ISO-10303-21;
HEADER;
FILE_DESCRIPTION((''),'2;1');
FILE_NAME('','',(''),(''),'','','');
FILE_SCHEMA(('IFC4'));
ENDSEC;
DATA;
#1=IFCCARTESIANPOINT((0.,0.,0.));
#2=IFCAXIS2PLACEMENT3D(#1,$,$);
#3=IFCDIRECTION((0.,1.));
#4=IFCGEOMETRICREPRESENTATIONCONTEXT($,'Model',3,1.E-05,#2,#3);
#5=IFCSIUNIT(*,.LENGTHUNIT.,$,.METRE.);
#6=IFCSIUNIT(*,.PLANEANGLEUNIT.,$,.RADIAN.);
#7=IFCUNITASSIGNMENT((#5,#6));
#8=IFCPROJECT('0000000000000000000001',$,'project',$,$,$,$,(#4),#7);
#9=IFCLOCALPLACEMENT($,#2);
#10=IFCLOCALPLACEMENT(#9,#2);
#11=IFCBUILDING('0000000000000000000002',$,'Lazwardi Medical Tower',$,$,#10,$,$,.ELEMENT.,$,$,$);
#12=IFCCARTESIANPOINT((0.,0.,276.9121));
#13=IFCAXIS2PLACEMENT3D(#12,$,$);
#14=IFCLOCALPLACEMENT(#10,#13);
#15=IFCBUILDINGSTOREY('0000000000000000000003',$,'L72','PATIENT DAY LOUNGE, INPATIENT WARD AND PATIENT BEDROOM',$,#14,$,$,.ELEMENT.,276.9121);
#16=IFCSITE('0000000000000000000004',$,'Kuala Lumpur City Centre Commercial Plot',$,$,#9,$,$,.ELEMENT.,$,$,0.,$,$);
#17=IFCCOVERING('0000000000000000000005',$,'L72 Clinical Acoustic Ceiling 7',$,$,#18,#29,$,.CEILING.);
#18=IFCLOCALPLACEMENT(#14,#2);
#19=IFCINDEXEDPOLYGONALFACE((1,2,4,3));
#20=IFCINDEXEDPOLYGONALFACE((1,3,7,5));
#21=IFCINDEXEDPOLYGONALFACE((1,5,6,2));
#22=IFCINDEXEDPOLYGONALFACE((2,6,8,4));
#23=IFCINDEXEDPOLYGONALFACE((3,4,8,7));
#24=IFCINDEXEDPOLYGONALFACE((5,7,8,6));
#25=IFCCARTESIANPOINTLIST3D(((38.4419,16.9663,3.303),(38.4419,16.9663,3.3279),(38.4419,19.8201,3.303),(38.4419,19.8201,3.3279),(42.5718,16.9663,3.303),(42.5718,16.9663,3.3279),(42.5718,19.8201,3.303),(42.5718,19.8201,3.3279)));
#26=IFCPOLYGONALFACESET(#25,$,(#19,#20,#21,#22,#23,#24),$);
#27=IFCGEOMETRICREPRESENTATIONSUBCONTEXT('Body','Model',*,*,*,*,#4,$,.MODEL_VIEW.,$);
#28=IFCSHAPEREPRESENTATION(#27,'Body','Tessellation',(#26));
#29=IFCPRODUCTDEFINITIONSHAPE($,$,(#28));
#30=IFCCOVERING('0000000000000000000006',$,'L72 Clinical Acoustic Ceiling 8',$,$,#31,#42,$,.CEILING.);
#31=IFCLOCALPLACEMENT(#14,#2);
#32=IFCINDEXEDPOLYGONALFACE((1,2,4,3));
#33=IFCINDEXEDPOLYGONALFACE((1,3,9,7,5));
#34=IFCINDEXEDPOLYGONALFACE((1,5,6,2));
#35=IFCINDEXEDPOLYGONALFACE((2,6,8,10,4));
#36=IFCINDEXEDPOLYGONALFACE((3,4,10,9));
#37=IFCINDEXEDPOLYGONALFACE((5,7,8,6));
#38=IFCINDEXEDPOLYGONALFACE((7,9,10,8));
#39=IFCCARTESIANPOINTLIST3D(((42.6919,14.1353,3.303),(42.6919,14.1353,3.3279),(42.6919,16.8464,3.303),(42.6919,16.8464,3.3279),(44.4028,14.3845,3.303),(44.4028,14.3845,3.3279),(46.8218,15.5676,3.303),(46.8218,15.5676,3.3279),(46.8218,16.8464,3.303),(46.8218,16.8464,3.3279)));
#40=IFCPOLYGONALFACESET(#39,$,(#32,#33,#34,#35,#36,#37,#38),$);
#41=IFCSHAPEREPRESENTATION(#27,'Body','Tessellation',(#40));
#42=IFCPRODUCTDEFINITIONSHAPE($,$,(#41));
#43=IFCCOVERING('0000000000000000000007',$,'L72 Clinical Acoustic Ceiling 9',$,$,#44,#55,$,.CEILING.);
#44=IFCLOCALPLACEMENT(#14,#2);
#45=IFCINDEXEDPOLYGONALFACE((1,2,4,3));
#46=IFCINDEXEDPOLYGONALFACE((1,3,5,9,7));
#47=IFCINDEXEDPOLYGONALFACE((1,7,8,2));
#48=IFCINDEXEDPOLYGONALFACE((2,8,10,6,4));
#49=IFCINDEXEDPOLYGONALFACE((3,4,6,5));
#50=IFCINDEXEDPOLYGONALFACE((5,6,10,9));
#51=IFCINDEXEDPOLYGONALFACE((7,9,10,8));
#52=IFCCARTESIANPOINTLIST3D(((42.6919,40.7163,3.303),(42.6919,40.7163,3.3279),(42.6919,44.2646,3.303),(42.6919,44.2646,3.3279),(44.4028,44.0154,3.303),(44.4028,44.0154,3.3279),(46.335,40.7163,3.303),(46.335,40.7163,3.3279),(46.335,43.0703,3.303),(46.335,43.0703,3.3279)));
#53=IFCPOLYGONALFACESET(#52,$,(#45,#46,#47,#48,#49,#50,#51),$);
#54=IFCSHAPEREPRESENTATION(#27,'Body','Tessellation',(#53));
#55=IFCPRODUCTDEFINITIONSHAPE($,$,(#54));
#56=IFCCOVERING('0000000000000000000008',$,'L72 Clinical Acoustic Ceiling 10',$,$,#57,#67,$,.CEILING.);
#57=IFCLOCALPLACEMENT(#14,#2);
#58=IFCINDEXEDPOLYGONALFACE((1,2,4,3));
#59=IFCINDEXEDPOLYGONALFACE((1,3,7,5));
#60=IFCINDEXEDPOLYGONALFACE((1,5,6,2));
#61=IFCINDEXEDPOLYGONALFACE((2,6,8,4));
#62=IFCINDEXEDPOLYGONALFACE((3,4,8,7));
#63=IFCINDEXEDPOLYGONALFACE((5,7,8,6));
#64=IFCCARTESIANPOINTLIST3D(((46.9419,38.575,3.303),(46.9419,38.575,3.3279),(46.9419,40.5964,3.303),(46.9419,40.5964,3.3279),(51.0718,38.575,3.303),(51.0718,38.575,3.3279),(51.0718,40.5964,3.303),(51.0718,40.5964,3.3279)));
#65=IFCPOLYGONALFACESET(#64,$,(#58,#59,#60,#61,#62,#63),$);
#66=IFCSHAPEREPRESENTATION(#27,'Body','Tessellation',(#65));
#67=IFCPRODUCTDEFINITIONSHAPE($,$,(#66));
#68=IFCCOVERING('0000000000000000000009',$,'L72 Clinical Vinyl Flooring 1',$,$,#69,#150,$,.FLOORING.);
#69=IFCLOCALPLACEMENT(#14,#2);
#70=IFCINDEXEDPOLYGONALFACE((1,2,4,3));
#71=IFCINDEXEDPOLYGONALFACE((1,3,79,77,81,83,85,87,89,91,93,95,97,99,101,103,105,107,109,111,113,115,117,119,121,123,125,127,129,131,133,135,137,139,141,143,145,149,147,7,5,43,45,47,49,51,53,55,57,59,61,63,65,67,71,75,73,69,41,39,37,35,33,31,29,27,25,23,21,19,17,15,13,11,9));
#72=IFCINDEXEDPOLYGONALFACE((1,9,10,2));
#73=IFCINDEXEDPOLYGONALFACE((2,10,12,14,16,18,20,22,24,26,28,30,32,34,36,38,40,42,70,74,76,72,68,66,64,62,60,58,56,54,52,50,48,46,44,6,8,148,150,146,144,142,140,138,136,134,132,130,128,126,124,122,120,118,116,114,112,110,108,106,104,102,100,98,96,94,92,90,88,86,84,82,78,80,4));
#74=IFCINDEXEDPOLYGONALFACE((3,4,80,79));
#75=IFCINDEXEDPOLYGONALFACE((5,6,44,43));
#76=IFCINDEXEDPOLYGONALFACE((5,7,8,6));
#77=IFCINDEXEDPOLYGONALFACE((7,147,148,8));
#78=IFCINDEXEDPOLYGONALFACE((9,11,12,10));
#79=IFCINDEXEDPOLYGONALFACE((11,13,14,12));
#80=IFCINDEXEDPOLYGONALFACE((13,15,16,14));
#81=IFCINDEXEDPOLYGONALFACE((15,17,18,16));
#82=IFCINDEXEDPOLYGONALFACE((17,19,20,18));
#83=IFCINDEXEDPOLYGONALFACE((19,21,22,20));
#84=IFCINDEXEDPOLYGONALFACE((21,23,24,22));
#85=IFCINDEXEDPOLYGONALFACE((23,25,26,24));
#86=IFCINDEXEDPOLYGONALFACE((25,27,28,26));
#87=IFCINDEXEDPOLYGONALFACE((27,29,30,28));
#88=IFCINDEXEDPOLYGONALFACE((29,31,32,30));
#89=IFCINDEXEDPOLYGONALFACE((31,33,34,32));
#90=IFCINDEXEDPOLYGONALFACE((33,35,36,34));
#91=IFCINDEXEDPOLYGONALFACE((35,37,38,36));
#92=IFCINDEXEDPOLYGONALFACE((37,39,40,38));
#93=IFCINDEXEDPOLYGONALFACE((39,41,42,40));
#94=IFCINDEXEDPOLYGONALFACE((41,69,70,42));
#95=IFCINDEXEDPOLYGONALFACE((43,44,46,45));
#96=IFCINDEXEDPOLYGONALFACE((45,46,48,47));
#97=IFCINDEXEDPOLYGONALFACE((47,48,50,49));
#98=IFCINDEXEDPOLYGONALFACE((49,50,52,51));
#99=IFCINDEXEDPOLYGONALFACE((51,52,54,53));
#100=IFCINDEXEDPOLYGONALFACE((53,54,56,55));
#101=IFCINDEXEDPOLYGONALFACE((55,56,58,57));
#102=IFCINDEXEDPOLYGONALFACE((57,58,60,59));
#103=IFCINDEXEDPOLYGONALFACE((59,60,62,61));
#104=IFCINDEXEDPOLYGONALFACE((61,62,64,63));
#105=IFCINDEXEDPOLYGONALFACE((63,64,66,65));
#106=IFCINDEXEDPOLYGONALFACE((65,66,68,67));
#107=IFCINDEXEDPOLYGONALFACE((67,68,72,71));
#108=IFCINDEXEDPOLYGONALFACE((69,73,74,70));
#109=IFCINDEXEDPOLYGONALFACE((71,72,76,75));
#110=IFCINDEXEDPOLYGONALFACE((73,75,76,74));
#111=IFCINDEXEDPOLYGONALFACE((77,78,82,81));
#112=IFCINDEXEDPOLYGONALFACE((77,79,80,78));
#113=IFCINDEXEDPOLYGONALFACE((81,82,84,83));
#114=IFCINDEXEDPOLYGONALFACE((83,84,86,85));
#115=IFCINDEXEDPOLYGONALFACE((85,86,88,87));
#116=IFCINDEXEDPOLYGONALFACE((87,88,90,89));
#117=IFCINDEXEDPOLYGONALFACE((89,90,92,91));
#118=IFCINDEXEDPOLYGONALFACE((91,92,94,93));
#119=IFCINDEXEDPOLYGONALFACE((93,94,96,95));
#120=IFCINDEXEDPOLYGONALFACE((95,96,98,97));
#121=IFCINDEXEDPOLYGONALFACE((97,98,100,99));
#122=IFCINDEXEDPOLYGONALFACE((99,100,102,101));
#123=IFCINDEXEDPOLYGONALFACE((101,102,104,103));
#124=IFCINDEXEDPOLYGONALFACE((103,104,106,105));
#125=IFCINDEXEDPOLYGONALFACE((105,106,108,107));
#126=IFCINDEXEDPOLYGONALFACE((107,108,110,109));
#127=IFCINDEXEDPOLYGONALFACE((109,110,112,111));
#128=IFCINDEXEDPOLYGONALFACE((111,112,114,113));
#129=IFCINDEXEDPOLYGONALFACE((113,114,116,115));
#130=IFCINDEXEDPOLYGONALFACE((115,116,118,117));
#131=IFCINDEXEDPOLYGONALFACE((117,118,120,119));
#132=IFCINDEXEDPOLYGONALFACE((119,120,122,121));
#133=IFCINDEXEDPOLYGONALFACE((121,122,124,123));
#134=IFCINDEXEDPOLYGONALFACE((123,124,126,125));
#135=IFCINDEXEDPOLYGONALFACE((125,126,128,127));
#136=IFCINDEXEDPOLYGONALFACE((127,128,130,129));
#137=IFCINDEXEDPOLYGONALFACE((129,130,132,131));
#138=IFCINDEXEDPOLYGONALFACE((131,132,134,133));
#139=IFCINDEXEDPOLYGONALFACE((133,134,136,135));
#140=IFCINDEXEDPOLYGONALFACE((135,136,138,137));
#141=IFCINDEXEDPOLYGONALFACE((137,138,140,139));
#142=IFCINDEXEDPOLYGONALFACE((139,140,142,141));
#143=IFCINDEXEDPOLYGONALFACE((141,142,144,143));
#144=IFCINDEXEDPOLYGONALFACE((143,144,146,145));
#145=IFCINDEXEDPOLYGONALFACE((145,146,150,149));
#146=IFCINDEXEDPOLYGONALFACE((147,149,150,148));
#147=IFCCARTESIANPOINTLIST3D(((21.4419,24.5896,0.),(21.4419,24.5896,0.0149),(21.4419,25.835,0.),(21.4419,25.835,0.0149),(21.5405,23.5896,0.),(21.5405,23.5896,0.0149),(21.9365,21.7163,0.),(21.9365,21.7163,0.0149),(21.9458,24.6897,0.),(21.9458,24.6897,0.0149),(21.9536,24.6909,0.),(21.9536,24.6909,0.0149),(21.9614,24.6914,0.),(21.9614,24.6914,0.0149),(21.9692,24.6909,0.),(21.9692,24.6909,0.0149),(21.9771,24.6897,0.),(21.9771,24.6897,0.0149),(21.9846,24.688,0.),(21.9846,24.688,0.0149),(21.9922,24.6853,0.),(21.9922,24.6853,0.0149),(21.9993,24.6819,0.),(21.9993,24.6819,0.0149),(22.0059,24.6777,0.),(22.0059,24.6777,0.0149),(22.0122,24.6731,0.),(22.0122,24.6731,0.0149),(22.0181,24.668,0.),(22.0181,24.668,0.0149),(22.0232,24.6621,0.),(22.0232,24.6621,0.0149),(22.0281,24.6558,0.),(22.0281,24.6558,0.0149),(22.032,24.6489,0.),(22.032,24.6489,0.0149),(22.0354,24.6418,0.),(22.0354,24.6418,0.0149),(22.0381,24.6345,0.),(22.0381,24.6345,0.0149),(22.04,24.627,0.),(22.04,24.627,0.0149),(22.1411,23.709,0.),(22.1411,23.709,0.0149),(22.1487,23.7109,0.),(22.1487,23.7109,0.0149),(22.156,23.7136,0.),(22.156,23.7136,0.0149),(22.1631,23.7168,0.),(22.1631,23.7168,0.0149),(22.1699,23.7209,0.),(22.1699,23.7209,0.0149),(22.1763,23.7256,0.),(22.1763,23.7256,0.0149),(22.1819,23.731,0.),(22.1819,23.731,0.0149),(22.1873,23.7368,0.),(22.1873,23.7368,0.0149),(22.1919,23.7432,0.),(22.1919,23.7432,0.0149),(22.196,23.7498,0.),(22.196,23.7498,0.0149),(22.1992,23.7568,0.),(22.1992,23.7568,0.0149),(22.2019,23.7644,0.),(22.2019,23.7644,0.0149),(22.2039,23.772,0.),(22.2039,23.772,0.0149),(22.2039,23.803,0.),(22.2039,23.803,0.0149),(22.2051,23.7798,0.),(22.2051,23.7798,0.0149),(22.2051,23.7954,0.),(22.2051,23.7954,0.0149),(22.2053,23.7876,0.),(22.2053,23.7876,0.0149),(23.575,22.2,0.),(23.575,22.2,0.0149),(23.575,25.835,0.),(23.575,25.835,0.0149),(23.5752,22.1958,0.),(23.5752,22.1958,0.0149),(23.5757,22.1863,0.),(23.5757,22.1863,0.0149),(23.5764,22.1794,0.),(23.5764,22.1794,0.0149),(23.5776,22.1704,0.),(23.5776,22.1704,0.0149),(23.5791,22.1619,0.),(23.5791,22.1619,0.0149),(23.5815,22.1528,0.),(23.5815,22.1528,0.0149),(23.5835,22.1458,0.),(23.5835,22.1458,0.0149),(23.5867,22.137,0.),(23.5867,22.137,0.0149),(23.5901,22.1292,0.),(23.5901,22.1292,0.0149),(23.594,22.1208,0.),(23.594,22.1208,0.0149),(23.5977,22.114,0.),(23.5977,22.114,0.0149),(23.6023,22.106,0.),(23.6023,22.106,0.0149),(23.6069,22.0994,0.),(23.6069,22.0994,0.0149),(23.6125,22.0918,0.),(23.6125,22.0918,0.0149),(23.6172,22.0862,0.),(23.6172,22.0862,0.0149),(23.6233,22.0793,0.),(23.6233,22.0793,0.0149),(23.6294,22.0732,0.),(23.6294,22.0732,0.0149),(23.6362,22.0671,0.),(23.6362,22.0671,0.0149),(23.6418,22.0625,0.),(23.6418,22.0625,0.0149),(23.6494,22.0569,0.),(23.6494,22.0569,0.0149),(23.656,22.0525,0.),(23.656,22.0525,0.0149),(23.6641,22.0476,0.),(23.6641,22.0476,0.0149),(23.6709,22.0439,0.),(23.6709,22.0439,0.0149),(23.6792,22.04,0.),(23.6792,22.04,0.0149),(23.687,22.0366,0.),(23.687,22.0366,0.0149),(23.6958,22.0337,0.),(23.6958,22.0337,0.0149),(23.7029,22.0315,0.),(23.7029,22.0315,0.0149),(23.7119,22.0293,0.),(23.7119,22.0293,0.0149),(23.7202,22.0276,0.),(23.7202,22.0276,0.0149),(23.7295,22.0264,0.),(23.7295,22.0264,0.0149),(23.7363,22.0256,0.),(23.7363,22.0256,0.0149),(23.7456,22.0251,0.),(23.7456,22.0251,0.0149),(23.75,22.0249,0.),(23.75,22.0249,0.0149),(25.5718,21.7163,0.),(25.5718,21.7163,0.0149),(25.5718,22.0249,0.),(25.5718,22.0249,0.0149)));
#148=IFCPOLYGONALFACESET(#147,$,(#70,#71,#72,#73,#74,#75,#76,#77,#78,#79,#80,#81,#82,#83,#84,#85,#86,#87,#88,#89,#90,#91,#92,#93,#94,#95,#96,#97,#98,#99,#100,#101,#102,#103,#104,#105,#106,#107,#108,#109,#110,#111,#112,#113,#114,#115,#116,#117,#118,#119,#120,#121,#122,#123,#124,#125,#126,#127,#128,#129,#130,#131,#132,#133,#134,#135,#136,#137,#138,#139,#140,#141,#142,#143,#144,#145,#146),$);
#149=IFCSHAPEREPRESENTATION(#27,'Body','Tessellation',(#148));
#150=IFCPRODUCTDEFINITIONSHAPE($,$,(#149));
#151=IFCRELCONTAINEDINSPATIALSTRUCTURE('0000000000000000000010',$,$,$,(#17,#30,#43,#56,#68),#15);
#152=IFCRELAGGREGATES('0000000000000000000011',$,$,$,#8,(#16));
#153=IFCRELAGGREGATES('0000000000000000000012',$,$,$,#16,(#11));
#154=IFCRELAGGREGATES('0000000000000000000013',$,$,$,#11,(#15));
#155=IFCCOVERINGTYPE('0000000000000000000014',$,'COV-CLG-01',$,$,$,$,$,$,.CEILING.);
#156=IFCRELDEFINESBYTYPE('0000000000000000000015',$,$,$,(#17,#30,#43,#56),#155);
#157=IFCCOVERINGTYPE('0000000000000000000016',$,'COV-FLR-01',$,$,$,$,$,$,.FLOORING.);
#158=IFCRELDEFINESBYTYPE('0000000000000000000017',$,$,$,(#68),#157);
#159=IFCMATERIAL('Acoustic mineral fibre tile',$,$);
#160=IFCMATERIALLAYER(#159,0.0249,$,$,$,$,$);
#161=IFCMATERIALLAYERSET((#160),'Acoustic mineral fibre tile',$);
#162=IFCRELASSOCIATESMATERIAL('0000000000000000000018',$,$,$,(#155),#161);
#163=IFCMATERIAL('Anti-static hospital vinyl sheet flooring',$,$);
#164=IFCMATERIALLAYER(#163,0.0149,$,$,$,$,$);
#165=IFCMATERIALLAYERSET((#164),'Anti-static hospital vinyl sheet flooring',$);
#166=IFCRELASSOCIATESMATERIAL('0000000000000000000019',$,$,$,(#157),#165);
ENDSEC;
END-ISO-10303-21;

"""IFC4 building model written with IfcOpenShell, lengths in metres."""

from ifc_helpers import new_model, si_unit, direction, frame, origin, place, context, subcontext, project, spatial, polyline, outline, extrude, material, layer, layer_set, type_object, element, save


model = new_model("IFC4")

# Units and contexts
model_context = context("Model", 3, precision=1e-05, world=origin(), true_north=direction((0.0, 1.0)))
body_context = subcontext(model_context, "Body", "Model", "MODEL_VIEW")
ifc_project = project(units=[si_unit("LENGTHUNIT", "METRE"), si_unit("PLANEANGLEUNIT", "RADIAN")], contexts=[model_context])

# Site, building, storey
site_placement = place(None, origin())
site = spatial("IfcSite", under=ifc_project, at=site_placement, Name="Kuala Lumpur City Centre Commercial Plot", CompositionType="ELEMENT", RefElevation=0.0)
building_placement = place(site_placement, origin())
building = spatial("IfcBuilding", under=site, at=building_placement, Name="Lazwardi Medical Tower", CompositionType="ELEMENT")
storey_placement = place(building_placement, frame((0.0, 0.0, 276.9121)))
storey = spatial("IfcBuildingStorey", under=building, at=storey_placement, Name="L72", Description="PATIENT DAY LOUNGE, INPATIENT WARD AND PATIENT BEDROOM", CompositionType="ELEMENT", Elevation=276.9121)

# Coverings
ifc_material_1 = material(Name="Acoustic mineral fibre tile")
ifc_layer_1 = layer(ifc_material_1, 0.0249)
ifc_layer_set_1 = layer_set([ifc_layer_1], Name="Acoustic mineral fibre tile")
covering_type_1 = type_object("IfcCoveringType", Name="COV-CLG-01", PredefinedType="CEILING", material=ifc_layer_set_1)
covering_1_placement = place(storey_placement, frame((0.0, 0.0, 3.303)))
element("IfcCovering", 1, at=covering_1_placement, inside=storey, type_object=covering_type_1, Name="L72 Clinical Acoustic Ceiling 7", PredefinedType="CEILING", context=body_context, shape_type="SweptSolid", body=[
    extrude(outline(polyline([(42.5718, 19.8201), (38.4419, 19.8201), (38.4419, 16.9663), (42.5718, 16.9663), (42.5718, 19.8201)])), origin(), (0.0, 0.0, 1.0), 0.0249),
])
covering_2_placement = place(storey_placement, frame((0.0, 0.0, 3.303)))
element("IfcCovering", 2, at=covering_2_placement, inside=storey, type_object=covering_type_1, Name="L72 Clinical Acoustic Ceiling 8", PredefinedType="CEILING", context=body_context, shape_type="SweptSolid", body=[
    extrude(outline(polyline([(42.6919, 14.1353), (44.4028, 14.3845), (46.8218, 15.5676), (46.8218, 16.8464), (42.6919, 16.8464), (42.6919, 14.1353)])), origin(), (0.0, 0.0, 1.0), 0.0249),
])
covering_3_placement = place(storey_placement, frame((0.0, 0.0, 3.303)))
element("IfcCovering", 3, at=covering_3_placement, inside=storey, type_object=covering_type_1, Name="L72 Clinical Acoustic Ceiling 9", PredefinedType="CEILING", context=body_context, shape_type="SweptSolid", body=[
    extrude(outline(polyline([(46.335, 40.7163), (46.335, 43.0703), (44.4028, 44.0154), (42.6919, 44.2646), (42.6919, 40.7163), (46.335, 40.7163)])), origin(), (0.0, 0.0, 1.0), 0.0249),
])
covering_4_placement = place(storey_placement, frame((0.0, 0.0, 3.303)))
element("IfcCovering", 4, at=covering_4_placement, inside=storey, type_object=covering_type_1, Name="L72 Clinical Acoustic Ceiling 10", PredefinedType="CEILING", context=body_context, shape_type="SweptSolid", body=[
    extrude(outline(polyline([(46.9419, 38.575), (51.0718, 38.575), (51.0718, 40.5964), (46.9419, 40.5964), (46.9419, 38.575)])), origin(), (0.0, 0.0, 1.0), 0.0249),
])
ifc_material_2 = material(Name="Anti-static hospital vinyl sheet flooring")
ifc_layer_2 = layer(ifc_material_2, 0.0149)
ifc_layer_set_2 = layer_set([ifc_layer_2], Name="Anti-static hospital vinyl sheet flooring")
covering_type_2 = type_object("IfcCoveringType", Name="COV-FLR-01", PredefinedType="FLOORING", material=ifc_layer_set_2)
covering_5_placement = place(storey_placement, origin())
element("IfcCovering", 5, at=covering_5_placement, inside=storey, type_object=covering_type_2, Name="L72 Clinical Vinyl Flooring 1", PredefinedType="FLOORING", context=body_context, shape_type="SweptSolid", body=[
    extrude(outline(polyline([(25.5718, 22.0249), (23.75, 22.0249), (23.7456, 22.0251), (23.7363, 22.0256), (23.7295, 22.0264), (23.7202, 22.0276), (23.7119, 22.0293), (23.7029, 22.0315), (23.6958, 22.0337), (23.687, 22.0366), (23.6792, 22.04), (23.6709, 22.0439), (23.6641, 22.0476), (23.656, 22.0525), (23.6494, 22.0569), (23.6418, 22.0625), (23.6362, 22.0671), (23.6294, 22.0732), (23.6233, 22.0793), (23.6172, 22.0862), (23.6125, 22.0918), (23.6069, 22.0994), (23.6023, 22.106), (23.5977, 22.114), (23.594, 22.1208), (23.5901, 22.1292), (23.5867, 22.137), (23.5835, 22.1458), (23.5815, 22.1528), (23.5791, 22.1619), (23.5776, 22.1704), (23.5764, 22.1794), (23.5757, 22.1863), (23.5752, 22.1958), (23.575, 22.2), (23.575, 25.835), (21.4419, 25.835), (21.4419, 24.5896), (21.9458, 24.6897), (21.9536, 24.6909), (21.9614, 24.6914), (21.9692, 24.6909), (21.9771, 24.6897), (21.9846, 24.688), (21.9922, 24.6853), (21.9993, 24.6819), (22.0059, 24.6777), (22.0122, 24.6731), (22.0181, 24.668), (22.0232, 24.6621), (22.0281, 24.6558), (22.032, 24.6489), (22.0354, 24.6418), (22.0381, 24.6345), (22.04, 24.627), (22.2039, 23.803), (22.2051, 23.7954), (22.2053, 23.7876), (22.2051, 23.7798), (22.2039, 23.772), (22.2019, 23.7644), (22.1992, 23.7568), (22.196, 23.7498), (22.1919, 23.7432), (22.1873, 23.7368), (22.1819, 23.731), (22.1763, 23.7256), (22.1699, 23.7209), (22.1631, 23.7168), (22.156, 23.7136), (22.1487, 23.7109), (22.1411, 23.709), (21.5405, 23.5896), (21.9365, 21.7163), (25.5718, 21.7163), (25.5718, 22.0249)])), origin(), (0.0, 0.0, 1.0), 0.0149),
])

save(model, "model.ifc")
